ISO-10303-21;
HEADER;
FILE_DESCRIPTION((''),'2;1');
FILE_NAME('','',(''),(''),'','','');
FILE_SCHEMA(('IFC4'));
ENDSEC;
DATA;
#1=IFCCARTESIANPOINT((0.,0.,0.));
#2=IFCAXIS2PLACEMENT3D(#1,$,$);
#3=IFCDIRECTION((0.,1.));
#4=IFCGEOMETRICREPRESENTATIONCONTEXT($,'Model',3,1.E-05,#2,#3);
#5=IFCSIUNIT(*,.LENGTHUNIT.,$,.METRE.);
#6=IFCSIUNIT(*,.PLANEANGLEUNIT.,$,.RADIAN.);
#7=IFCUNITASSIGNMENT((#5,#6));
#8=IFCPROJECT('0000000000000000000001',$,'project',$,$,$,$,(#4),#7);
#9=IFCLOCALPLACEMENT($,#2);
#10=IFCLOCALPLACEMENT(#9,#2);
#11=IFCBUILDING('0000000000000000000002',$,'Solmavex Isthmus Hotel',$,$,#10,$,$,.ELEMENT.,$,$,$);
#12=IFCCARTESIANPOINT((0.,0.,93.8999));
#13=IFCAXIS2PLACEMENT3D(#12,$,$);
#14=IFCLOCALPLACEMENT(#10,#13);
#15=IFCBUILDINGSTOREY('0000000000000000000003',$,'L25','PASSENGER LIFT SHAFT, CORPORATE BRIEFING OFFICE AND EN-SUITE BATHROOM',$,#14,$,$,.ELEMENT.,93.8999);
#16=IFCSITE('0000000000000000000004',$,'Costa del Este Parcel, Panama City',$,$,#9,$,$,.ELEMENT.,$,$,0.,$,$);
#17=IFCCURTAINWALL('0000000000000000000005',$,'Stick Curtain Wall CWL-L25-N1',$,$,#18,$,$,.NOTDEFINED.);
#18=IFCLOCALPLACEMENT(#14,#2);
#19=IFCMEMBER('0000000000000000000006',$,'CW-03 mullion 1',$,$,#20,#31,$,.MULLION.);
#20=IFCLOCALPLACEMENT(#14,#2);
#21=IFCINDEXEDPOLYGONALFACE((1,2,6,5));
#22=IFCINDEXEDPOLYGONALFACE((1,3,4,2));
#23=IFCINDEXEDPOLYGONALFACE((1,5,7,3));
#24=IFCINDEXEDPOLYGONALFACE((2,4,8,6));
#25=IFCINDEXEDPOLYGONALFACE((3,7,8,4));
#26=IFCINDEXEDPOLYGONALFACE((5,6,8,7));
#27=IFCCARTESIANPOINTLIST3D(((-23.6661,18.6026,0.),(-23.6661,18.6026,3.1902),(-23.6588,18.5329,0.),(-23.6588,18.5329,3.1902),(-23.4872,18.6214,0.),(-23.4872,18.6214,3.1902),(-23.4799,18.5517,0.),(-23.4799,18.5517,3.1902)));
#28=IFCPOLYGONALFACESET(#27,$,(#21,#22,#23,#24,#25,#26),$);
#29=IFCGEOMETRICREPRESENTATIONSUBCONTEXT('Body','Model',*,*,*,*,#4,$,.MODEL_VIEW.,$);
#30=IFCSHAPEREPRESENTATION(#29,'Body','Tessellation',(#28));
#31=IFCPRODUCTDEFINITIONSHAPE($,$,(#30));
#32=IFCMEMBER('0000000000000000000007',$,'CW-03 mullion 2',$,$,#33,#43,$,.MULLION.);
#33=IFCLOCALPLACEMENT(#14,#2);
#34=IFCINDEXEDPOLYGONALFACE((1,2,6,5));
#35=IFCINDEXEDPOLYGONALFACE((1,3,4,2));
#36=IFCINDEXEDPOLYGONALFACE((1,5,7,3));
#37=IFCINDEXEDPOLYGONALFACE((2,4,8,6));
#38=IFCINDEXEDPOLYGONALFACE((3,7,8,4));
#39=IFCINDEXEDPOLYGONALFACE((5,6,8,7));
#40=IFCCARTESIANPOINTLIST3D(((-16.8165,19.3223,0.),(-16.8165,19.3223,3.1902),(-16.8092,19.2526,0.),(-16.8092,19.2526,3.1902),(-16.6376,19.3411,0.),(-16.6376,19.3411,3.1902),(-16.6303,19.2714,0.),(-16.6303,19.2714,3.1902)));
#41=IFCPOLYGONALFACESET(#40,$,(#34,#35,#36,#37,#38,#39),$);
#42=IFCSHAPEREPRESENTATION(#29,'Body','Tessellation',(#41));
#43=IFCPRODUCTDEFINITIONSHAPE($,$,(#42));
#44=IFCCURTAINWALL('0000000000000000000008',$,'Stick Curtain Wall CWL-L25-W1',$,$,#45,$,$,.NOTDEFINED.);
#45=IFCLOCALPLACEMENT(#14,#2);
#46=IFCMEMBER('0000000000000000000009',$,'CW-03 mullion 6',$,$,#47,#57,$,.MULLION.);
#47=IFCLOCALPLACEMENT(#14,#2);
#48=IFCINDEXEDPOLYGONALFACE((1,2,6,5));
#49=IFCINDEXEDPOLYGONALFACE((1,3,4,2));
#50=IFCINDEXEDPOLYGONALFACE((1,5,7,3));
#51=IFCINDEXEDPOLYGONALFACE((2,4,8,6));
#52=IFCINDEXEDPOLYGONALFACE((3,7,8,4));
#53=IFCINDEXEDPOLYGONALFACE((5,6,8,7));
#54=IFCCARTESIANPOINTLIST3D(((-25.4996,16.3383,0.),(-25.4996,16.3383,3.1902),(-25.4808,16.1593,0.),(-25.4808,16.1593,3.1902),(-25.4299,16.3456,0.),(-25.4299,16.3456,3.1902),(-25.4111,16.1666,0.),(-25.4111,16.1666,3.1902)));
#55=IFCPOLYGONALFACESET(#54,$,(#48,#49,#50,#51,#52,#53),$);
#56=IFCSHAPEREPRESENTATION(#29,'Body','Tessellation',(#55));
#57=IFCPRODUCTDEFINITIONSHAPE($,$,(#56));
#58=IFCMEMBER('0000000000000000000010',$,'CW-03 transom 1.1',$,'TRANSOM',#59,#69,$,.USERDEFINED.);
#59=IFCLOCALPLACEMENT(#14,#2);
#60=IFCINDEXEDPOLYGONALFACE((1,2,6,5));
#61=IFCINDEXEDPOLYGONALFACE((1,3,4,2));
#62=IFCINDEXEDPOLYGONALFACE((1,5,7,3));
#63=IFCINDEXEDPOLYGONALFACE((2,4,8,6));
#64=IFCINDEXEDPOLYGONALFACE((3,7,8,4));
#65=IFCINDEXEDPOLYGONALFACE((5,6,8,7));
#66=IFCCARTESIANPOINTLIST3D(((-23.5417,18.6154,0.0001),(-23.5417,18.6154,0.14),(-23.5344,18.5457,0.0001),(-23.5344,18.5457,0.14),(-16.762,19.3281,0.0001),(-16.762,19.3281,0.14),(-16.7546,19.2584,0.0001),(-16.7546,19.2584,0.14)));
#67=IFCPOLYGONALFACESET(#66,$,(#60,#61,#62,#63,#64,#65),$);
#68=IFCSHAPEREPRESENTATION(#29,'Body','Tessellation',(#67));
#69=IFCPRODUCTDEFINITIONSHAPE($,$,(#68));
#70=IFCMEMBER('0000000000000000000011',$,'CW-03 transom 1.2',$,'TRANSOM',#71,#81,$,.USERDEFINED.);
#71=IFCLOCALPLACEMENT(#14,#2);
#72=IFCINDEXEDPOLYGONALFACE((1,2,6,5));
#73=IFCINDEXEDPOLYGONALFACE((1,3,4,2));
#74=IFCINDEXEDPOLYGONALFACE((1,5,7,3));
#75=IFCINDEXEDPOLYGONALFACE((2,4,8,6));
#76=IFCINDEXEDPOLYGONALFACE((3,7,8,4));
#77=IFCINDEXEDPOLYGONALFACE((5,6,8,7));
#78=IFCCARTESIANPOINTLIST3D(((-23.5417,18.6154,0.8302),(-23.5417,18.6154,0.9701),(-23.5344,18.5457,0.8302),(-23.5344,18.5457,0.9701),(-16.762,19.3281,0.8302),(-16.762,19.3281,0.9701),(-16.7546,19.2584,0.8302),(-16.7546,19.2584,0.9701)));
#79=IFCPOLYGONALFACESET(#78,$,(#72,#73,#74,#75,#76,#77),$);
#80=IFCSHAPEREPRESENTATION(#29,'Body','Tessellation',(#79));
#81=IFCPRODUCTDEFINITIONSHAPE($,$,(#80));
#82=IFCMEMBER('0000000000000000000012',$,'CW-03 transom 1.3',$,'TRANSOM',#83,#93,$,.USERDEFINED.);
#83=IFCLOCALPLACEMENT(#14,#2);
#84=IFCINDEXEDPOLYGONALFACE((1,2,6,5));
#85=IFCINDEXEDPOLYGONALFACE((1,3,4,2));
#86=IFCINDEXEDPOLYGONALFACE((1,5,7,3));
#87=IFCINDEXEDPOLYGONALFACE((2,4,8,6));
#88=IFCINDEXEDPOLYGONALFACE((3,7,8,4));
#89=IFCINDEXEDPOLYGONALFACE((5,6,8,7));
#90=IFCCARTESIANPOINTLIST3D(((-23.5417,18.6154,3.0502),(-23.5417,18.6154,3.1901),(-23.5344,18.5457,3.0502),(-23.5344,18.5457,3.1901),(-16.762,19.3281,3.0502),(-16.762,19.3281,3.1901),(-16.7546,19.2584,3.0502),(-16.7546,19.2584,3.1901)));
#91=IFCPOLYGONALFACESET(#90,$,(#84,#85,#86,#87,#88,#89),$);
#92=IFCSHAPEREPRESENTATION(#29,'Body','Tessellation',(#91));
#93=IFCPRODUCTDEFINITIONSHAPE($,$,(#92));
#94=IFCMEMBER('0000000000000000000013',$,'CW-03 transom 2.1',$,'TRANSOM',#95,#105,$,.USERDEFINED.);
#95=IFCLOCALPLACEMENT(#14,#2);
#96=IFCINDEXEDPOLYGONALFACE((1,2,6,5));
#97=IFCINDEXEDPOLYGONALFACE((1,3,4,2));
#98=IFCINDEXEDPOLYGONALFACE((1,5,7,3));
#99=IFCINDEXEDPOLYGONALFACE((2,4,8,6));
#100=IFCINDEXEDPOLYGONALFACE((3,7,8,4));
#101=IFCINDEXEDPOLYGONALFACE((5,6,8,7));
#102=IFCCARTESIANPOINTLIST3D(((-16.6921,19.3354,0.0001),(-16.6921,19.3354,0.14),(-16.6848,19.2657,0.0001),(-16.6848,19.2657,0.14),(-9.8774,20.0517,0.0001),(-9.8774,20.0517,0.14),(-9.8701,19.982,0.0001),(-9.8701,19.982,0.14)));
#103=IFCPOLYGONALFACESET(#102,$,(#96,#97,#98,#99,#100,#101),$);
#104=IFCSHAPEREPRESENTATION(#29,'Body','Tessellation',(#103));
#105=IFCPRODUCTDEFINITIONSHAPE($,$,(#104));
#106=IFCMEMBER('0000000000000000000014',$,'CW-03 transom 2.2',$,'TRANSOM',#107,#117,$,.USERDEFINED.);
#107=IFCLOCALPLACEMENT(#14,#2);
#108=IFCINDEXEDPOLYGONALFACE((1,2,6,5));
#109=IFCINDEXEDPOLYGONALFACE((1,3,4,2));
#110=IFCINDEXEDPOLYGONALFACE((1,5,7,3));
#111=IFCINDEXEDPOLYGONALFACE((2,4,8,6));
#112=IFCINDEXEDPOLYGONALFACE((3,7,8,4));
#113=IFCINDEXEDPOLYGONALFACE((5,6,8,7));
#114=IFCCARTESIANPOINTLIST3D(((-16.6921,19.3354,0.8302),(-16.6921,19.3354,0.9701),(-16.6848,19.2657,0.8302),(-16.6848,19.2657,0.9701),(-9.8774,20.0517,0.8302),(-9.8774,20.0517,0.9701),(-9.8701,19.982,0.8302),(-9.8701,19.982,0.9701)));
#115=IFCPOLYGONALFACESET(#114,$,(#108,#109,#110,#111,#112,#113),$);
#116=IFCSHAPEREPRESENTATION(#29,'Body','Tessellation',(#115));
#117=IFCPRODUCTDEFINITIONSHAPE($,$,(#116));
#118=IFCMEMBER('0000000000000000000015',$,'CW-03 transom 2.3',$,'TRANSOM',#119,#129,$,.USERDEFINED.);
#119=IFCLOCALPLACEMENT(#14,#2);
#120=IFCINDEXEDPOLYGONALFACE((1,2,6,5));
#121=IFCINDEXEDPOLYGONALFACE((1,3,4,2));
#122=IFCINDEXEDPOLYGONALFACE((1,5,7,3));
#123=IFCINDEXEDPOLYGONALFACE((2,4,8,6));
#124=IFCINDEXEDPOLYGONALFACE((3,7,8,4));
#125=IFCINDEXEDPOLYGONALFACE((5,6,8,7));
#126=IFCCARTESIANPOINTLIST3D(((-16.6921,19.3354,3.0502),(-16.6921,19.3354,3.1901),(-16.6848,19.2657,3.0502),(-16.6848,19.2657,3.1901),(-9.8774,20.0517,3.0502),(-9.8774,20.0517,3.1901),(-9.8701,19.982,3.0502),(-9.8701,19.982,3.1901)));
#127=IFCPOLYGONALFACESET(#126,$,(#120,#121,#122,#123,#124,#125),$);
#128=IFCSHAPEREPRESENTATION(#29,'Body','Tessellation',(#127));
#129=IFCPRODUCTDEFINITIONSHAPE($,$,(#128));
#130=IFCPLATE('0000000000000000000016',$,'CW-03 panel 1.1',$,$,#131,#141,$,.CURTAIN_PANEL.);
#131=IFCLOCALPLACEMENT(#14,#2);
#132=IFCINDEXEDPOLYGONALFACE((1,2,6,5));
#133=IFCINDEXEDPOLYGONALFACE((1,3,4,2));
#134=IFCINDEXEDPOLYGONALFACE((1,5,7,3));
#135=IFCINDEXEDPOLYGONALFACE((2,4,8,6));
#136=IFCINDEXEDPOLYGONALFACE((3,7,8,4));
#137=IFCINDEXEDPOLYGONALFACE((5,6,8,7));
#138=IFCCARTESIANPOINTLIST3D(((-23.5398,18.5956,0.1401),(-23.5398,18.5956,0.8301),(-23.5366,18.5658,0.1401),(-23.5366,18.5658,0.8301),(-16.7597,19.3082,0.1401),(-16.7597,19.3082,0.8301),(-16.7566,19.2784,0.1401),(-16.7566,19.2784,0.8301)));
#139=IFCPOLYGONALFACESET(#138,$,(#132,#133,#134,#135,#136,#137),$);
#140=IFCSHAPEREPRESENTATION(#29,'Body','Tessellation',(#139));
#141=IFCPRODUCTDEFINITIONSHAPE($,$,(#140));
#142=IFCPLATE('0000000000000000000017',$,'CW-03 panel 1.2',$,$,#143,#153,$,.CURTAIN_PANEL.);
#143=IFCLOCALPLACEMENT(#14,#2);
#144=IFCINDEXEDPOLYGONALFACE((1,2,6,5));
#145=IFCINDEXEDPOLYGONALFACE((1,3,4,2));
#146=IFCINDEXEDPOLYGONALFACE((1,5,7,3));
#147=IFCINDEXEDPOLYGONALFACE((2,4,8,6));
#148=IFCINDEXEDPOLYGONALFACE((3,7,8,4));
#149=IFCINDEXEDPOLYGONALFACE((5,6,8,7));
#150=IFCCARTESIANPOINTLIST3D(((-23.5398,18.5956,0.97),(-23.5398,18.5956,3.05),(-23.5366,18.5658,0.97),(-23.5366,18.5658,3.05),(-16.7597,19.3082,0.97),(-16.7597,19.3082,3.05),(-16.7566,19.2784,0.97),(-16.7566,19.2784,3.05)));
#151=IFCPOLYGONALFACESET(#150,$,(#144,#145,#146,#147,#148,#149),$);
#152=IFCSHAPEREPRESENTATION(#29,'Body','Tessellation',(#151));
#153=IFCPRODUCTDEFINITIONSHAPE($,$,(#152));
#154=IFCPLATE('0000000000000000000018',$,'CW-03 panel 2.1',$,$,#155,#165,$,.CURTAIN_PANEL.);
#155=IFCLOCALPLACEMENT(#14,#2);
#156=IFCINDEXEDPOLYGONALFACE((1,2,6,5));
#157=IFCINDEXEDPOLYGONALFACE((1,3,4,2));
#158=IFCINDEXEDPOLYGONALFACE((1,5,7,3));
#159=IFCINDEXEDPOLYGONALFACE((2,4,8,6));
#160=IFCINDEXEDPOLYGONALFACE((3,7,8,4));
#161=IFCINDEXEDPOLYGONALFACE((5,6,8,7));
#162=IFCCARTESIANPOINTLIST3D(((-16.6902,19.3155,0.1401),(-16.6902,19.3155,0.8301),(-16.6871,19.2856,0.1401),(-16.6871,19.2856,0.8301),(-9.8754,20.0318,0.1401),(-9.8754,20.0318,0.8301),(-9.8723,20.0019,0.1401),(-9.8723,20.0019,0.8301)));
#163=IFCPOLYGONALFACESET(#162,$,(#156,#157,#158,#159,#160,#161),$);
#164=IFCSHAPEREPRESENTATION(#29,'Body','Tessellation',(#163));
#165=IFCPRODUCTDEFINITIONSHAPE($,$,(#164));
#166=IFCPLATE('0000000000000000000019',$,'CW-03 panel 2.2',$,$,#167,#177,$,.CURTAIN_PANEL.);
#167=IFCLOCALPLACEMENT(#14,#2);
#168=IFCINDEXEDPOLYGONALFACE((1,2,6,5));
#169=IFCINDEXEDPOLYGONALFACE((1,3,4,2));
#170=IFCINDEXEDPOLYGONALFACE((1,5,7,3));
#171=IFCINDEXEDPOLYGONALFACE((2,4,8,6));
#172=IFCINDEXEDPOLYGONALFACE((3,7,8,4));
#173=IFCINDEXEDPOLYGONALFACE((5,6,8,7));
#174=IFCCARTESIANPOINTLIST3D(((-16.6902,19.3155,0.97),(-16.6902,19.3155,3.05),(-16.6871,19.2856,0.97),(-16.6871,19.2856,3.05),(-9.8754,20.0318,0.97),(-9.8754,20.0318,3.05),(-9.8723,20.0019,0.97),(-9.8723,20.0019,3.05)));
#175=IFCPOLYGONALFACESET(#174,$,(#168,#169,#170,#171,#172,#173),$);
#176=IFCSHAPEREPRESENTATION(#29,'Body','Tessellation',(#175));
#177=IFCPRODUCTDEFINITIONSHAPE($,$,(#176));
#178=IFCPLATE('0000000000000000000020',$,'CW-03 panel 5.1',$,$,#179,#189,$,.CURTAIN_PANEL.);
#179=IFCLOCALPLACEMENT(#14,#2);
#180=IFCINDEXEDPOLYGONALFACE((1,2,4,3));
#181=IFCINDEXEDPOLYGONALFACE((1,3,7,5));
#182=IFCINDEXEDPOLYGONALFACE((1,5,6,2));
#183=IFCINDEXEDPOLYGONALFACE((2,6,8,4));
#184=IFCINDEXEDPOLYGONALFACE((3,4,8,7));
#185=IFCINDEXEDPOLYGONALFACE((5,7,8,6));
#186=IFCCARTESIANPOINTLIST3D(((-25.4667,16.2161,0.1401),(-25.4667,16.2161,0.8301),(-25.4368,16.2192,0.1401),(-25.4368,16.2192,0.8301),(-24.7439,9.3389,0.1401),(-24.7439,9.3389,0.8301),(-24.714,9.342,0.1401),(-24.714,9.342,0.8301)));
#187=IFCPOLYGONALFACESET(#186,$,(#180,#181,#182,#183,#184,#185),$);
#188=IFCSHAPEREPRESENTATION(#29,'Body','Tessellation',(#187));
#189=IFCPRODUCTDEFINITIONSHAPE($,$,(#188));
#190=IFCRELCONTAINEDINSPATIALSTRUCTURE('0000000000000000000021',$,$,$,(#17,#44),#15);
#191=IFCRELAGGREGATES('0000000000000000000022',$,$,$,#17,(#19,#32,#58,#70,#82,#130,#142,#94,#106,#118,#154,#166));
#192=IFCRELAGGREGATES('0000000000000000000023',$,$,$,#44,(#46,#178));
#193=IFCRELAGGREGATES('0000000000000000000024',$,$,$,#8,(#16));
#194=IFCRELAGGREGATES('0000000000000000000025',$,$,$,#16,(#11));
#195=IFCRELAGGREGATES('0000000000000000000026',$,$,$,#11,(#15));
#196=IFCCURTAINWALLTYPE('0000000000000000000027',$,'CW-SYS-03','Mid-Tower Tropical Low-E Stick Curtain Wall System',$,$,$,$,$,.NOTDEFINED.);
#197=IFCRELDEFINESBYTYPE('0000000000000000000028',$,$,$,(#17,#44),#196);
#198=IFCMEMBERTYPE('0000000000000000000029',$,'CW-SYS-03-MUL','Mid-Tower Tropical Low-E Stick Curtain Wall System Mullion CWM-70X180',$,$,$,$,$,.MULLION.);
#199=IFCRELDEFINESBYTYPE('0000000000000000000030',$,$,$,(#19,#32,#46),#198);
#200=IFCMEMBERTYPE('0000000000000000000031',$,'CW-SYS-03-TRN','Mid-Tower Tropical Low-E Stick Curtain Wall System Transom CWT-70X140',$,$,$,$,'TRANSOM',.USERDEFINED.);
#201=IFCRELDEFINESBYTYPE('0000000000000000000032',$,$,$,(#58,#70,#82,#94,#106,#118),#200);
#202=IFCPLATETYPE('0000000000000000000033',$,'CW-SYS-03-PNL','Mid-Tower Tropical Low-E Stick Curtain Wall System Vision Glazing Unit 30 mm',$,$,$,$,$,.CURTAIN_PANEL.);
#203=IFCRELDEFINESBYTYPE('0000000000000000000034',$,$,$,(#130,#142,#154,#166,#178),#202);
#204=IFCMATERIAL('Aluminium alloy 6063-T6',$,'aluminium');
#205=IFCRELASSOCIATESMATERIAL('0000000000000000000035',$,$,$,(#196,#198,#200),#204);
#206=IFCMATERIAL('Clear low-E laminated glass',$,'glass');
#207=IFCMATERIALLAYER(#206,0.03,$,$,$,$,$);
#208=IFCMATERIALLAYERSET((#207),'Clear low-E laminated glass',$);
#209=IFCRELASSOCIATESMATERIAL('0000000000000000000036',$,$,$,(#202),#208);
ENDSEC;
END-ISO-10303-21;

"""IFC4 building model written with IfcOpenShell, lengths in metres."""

from ifc_helpers import new_model, si_unit, direction, frame, origin, origin_2d, place, context, subcontext, project, spatial, rectangle, extrude, material, layer, layer_set, material_profile, profile_set, type_object, element, aggregate, save


model = new_model("IFC4")

# Units and contexts
model_context = context("Model", 3, precision=1e-05, world=origin(), true_north=direction((0.0, 1.0)))
body_context = subcontext(model_context, "Body", "Model", "MODEL_VIEW")
ifc_project = project(units=[si_unit("LENGTHUNIT", "METRE"), si_unit("PLANEANGLEUNIT", "RADIAN")], contexts=[model_context])

# Site, building, storey
site_placement = place(None, origin())
site = spatial("IfcSite", under=ifc_project, at=site_placement, Name="Costa del Este Parcel, Panama City", CompositionType="ELEMENT", RefElevation=0.0)
building_placement = place(site_placement, origin())
building = spatial("IfcBuilding", under=site, at=building_placement, Name="Solmavex Isthmus Hotel", CompositionType="ELEMENT")
storey_placement = place(building_placement, frame((0.0, 0.0, 93.8999)))
storey = spatial("IfcBuildingStorey", under=building, at=storey_placement, Name="L25", Description="PASSENGER LIFT SHAFT, CORPORATE BRIEFING OFFICE AND EN-SUITE BATHROOM", CompositionType="ELEMENT", Elevation=93.8999)

# Curtain wall, members
ifc_material_1 = material(Name="Aluminium alloy 6063-T6", Category="aluminium")
curtain_wall_type = type_object("IfcCurtainWallType", Name="CW-SYS-03", Description="Mid-Tower Tropical Low-E Stick Curtain Wall System", PredefinedType="NOTDEFINED", material=ifc_material_1)
curtain_wall_1_placement = place(storey_placement, origin())
curtain_wall_1 = element("IfcCurtainWall", 1, at=curtain_wall_1_placement, inside=storey, type_object=curtain_wall_type, Name="Stick Curtain Wall CWL-L25-N1", PredefinedType="NOTDEFINED")
ifc_material_profile_1 = material_profile(ifc_material_1, rectangle(XDim=0.0701, YDim=0.1799, at=origin_2d()), Name="CWM-70X180")
ifc_profile_set_1 = profile_set([ifc_material_profile_1], Name="Aluminium alloy 6063-T6")
member_type_1 = type_object("IfcMemberType", Name="CW-SYS-03-MUL", Description="Mid-Tower Tropical Low-E Stick Curtain Wall System Mullion CWM-70X180", PredefinedType="MULLION", material=ifc_profile_set_1)
member_1_placement = place(storey_placement, frame((-23.573, 18.5771, 0.0), z_axis=(0.0, 0.0, 1.0), x_axis=(-0.104528, 0.994522, 0.0)))
member_1 = element("IfcMember", 2, at=member_1_placement, type_object=member_type_1, Name="CW-03 mullion 1", PredefinedType="MULLION", context=body_context, shape_type="SweptSolid", body=[
    extrude(rectangle(XDim=0.0701, YDim=0.1799, at=origin_2d()), origin(), (0.0, 0.0, 1.0), 3.1902),
])
member_2_placement = place(storey_placement, frame((-16.7234, 19.2969, 0.0), z_axis=(0.0, 0.0, 1.0), x_axis=(-0.104528, 0.994522, 0.0)))
member_2 = element("IfcMember", 3, at=member_2_placement, type_object=member_type_1, Name="CW-03 mullion 2", PredefinedType="MULLION", context=body_context, shape_type="SweptSolid", body=[
    extrude(rectangle(XDim=0.0701, YDim=0.1799, at=origin_2d()), origin(), (0.0, 0.0, 1.0), 3.1902),
])

# Curtain wall, member
curtain_wall_2_placement = place(storey_placement, origin())
curtain_wall_2 = element("IfcCurtainWall", 4, at=curtain_wall_2_placement, inside=storey, type_object=curtain_wall_type, Name="Stick Curtain Wall CWL-L25-W1", PredefinedType="NOTDEFINED")
member_3_placement = place(storey_placement, frame((-25.4553, 16.2524, 0.0), z_axis=(0.0, 0.0, 1.0), x_axis=(-0.994522, -0.104528, 0.0)))
member_3 = element("IfcMember", 5, at=member_3_placement, type_object=member_type_1, Name="CW-03 mullion 6", PredefinedType="MULLION", context=body_context, shape_type="SweptSolid", body=[
    extrude(rectangle(XDim=0.0701, YDim=0.1799, at=origin_2d()), origin(), (0.0, 0.0, 1.0), 3.1902),
])

# Members
ifc_material_profile_2 = material_profile(ifc_material_1, rectangle(XDim=0.0701, YDim=0.1399, at=origin_2d()), Name="CWT-70X140")
ifc_profile_set_2 = profile_set([ifc_material_profile_2], Name="Aluminium alloy 6063-T6")
member_type_2 = type_object("IfcMemberType", Name="CW-SYS-03-TRN", Description="Mid-Tower Tropical Low-E Stick Curtain Wall System Transom CWT-70X140", ElementType="TRANSOM", PredefinedType="USERDEFINED", material=ifc_profile_set_2)
member_4_placement = place(storey_placement, frame((-23.5381, 18.5806, 0.0701), z_axis=(0.994521, 0.104538, 0.0), x_axis=(-0.104538, 0.994521, 0.0)))
member_4 = element("IfcMember", 6, at=member_4_placement, type_object=member_type_2, Name="CW-03 transom 1.1", ObjectType="TRANSOM", PredefinedType="USERDEFINED", context=body_context, shape_type="SweptSolid", body=[
    extrude(rectangle(XDim=0.0701, YDim=0.1399, at=origin_2d()), origin(), (0.0, 0.0, 1.0), 6.8171),
])
member_5_placement = place(storey_placement, frame((-23.5381, 18.5806, 0.9001), z_axis=(0.994521, 0.104538, 0.0), x_axis=(-0.104538, 0.994521, 0.0)))
member_5 = element("IfcMember", 7, at=member_5_placement, type_object=member_type_2, Name="CW-03 transom 1.2", ObjectType="TRANSOM", PredefinedType="USERDEFINED", context=body_context, shape_type="SweptSolid", body=[
    extrude(rectangle(XDim=0.0701, YDim=0.1399, at=origin_2d()), origin(), (0.0, 0.0, 1.0), 6.8171),
])
member_6_placement = place(storey_placement, frame((-23.5381, 18.5806, 3.1201), z_axis=(0.994521, 0.104538, 0.0), x_axis=(-0.104538, 0.994521, 0.0)))
member_6 = element("IfcMember", 8, at=member_6_placement, type_object=member_type_2, Name="CW-03 transom 1.3", ObjectType="TRANSOM", PredefinedType="USERDEFINED", context=body_context, shape_type="SweptSolid", body=[
    extrude(rectangle(XDim=0.0701, YDim=0.1399, at=origin_2d()), origin(), (0.0, 0.0, 1.0), 6.8171),
])
member_7_placement = place(storey_placement, frame((-16.6885, 19.3005, 0.0701), z_axis=(0.994521, 0.104536, 0.0), x_axis=(-0.104536, 0.994521, 0.0)))
member_7 = element("IfcMember", 9, at=member_7_placement, type_object=member_type_2, Name="CW-03 transom 2.1", ObjectType="TRANSOM", PredefinedType="USERDEFINED", context=body_context, shape_type="SweptSolid", body=[
    extrude(rectangle(XDim=0.0701, YDim=0.1399, at=origin_2d()), origin(), (0.0, 0.0, 1.0), 6.8523),
])
member_8_placement = place(storey_placement, frame((-16.6885, 19.3005, 0.9001), z_axis=(0.994521, 0.104536, 0.0), x_axis=(-0.104536, 0.994521, 0.0)))
member_8 = element("IfcMember", 10, at=member_8_placement, type_object=member_type_2, Name="CW-03 transom 2.2", ObjectType="TRANSOM", PredefinedType="USERDEFINED", context=body_context, shape_type="SweptSolid", body=[
    extrude(rectangle(XDim=0.0701, YDim=0.1399, at=origin_2d()), origin(), (0.0, 0.0, 1.0), 6.8523),
])
member_9_placement = place(storey_placement, frame((-16.6885, 19.3005, 3.1201), z_axis=(0.994521, 0.104536, 0.0), x_axis=(-0.104536, 0.994521, 0.0)))
member_9 = element("IfcMember", 11, at=member_9_placement, type_object=member_type_2, Name="CW-03 transom 2.3", ObjectType="TRANSOM", PredefinedType="USERDEFINED", context=body_context, shape_type="SweptSolid", body=[
    extrude(rectangle(XDim=0.0701, YDim=0.1399, at=origin_2d()), origin(), (0.0, 0.0, 1.0), 6.8523),
])

# Plates
ifc_material_2 = material(Name="Clear low-E laminated glass", Category="glass")
ifc_layer_1 = layer(ifc_material_2, 0.03)
ifc_layer_set_1 = layer_set([ifc_layer_1], Name="Clear low-E laminated glass")
plate_type = type_object("IfcPlateType", Name="CW-SYS-03-PNL", Description="Mid-Tower Tropical Low-E Stick Curtain Wall System Vision Glazing Unit 30 mm", PredefinedType="CURTAIN_PANEL", material=ifc_layer_set_1)
plate_1_placement = place(storey_placement, frame((-20.1482, 18.937, 0.1401), z_axis=(0.0, 0.0, 1.0), x_axis=(0.994522, 0.104528, 0.0)))
plate_1 = element("IfcPlate", 12, at=plate_1_placement, type_object=plate_type, Name="CW-03 panel 1.1", PredefinedType="CURTAIN_PANEL", context=body_context, shape_type="SweptSolid", body=[
    extrude(rectangle(XDim=6.8174, YDim=0.03, at=origin_2d()), origin(), (0.0, 0.0, 1.0), 0.6899),
])
plate_2_placement = place(storey_placement, frame((-20.1482, 18.937, 0.97), z_axis=(0.0, 0.0, 1.0), x_axis=(0.994522, 0.104528, 0.0)))
plate_2 = element("IfcPlate", 13, at=plate_2_placement, type_object=plate_type, Name="CW-03 panel 1.2", PredefinedType="CURTAIN_PANEL", context=body_context, shape_type="SweptSolid", body=[
    extrude(rectangle(XDim=6.8174, YDim=0.03, at=origin_2d()), origin(), (0.0, 0.0, 1.0), 2.0801),
])
plate_3_placement = place(storey_placement, frame((-13.2812, 19.6587, 0.1401), z_axis=(0.0, 0.0, 1.0), x_axis=(0.994522, 0.104528, 0.0)))
plate_3 = element("IfcPlate", 14, at=plate_3_placement, type_object=plate_type, Name="CW-03 panel 2.1", PredefinedType="CURTAIN_PANEL", context=body_context, shape_type="SweptSolid", body=[
    extrude(rectangle(XDim=6.8523, YDim=0.03, at=origin_2d()), origin(), (0.0, 0.0, 1.0), 0.6899),
])
plate_4_placement = place(storey_placement, frame((-13.2812, 19.6587, 0.97), z_axis=(0.0, 0.0, 1.0), x_axis=(0.994522, 0.104528, 0.0)))
plate_4 = element("IfcPlate", 15, at=plate_4_placement, type_object=plate_type, Name="CW-03 panel 2.2", PredefinedType="CURTAIN_PANEL", context=body_context, shape_type="SweptSolid", body=[
    extrude(rectangle(XDim=6.8523, YDim=0.03, at=origin_2d()), origin(), (0.0, 0.0, 1.0), 2.0801),
])
aggregate(curtain_wall_1, [member_1, member_2, member_4, member_5, member_6, plate_1, plate_2, member_7, member_8, member_9, plate_3, plate_4])
plate_5_placement = place(storey_placement, frame((-25.0903, 12.7791, 0.1401), z_axis=(0.0, 0.0, 1.0), x_axis=(-0.104528, 0.994522, 0.0)))
plate_5 = element("IfcPlate", 16, at=plate_5_placement, type_object=plate_type, Name="CW-03 panel 5.1", PredefinedType="CURTAIN_PANEL", context=body_context, shape_type="SweptSolid", body=[
    extrude(rectangle(XDim=6.915, YDim=0.03, at=origin_2d()), origin(), (0.0, 0.0, 1.0), 0.6899),
])
aggregate(curtain_wall_2, [member_3, plate_5])

save(model, "model.ifc")
